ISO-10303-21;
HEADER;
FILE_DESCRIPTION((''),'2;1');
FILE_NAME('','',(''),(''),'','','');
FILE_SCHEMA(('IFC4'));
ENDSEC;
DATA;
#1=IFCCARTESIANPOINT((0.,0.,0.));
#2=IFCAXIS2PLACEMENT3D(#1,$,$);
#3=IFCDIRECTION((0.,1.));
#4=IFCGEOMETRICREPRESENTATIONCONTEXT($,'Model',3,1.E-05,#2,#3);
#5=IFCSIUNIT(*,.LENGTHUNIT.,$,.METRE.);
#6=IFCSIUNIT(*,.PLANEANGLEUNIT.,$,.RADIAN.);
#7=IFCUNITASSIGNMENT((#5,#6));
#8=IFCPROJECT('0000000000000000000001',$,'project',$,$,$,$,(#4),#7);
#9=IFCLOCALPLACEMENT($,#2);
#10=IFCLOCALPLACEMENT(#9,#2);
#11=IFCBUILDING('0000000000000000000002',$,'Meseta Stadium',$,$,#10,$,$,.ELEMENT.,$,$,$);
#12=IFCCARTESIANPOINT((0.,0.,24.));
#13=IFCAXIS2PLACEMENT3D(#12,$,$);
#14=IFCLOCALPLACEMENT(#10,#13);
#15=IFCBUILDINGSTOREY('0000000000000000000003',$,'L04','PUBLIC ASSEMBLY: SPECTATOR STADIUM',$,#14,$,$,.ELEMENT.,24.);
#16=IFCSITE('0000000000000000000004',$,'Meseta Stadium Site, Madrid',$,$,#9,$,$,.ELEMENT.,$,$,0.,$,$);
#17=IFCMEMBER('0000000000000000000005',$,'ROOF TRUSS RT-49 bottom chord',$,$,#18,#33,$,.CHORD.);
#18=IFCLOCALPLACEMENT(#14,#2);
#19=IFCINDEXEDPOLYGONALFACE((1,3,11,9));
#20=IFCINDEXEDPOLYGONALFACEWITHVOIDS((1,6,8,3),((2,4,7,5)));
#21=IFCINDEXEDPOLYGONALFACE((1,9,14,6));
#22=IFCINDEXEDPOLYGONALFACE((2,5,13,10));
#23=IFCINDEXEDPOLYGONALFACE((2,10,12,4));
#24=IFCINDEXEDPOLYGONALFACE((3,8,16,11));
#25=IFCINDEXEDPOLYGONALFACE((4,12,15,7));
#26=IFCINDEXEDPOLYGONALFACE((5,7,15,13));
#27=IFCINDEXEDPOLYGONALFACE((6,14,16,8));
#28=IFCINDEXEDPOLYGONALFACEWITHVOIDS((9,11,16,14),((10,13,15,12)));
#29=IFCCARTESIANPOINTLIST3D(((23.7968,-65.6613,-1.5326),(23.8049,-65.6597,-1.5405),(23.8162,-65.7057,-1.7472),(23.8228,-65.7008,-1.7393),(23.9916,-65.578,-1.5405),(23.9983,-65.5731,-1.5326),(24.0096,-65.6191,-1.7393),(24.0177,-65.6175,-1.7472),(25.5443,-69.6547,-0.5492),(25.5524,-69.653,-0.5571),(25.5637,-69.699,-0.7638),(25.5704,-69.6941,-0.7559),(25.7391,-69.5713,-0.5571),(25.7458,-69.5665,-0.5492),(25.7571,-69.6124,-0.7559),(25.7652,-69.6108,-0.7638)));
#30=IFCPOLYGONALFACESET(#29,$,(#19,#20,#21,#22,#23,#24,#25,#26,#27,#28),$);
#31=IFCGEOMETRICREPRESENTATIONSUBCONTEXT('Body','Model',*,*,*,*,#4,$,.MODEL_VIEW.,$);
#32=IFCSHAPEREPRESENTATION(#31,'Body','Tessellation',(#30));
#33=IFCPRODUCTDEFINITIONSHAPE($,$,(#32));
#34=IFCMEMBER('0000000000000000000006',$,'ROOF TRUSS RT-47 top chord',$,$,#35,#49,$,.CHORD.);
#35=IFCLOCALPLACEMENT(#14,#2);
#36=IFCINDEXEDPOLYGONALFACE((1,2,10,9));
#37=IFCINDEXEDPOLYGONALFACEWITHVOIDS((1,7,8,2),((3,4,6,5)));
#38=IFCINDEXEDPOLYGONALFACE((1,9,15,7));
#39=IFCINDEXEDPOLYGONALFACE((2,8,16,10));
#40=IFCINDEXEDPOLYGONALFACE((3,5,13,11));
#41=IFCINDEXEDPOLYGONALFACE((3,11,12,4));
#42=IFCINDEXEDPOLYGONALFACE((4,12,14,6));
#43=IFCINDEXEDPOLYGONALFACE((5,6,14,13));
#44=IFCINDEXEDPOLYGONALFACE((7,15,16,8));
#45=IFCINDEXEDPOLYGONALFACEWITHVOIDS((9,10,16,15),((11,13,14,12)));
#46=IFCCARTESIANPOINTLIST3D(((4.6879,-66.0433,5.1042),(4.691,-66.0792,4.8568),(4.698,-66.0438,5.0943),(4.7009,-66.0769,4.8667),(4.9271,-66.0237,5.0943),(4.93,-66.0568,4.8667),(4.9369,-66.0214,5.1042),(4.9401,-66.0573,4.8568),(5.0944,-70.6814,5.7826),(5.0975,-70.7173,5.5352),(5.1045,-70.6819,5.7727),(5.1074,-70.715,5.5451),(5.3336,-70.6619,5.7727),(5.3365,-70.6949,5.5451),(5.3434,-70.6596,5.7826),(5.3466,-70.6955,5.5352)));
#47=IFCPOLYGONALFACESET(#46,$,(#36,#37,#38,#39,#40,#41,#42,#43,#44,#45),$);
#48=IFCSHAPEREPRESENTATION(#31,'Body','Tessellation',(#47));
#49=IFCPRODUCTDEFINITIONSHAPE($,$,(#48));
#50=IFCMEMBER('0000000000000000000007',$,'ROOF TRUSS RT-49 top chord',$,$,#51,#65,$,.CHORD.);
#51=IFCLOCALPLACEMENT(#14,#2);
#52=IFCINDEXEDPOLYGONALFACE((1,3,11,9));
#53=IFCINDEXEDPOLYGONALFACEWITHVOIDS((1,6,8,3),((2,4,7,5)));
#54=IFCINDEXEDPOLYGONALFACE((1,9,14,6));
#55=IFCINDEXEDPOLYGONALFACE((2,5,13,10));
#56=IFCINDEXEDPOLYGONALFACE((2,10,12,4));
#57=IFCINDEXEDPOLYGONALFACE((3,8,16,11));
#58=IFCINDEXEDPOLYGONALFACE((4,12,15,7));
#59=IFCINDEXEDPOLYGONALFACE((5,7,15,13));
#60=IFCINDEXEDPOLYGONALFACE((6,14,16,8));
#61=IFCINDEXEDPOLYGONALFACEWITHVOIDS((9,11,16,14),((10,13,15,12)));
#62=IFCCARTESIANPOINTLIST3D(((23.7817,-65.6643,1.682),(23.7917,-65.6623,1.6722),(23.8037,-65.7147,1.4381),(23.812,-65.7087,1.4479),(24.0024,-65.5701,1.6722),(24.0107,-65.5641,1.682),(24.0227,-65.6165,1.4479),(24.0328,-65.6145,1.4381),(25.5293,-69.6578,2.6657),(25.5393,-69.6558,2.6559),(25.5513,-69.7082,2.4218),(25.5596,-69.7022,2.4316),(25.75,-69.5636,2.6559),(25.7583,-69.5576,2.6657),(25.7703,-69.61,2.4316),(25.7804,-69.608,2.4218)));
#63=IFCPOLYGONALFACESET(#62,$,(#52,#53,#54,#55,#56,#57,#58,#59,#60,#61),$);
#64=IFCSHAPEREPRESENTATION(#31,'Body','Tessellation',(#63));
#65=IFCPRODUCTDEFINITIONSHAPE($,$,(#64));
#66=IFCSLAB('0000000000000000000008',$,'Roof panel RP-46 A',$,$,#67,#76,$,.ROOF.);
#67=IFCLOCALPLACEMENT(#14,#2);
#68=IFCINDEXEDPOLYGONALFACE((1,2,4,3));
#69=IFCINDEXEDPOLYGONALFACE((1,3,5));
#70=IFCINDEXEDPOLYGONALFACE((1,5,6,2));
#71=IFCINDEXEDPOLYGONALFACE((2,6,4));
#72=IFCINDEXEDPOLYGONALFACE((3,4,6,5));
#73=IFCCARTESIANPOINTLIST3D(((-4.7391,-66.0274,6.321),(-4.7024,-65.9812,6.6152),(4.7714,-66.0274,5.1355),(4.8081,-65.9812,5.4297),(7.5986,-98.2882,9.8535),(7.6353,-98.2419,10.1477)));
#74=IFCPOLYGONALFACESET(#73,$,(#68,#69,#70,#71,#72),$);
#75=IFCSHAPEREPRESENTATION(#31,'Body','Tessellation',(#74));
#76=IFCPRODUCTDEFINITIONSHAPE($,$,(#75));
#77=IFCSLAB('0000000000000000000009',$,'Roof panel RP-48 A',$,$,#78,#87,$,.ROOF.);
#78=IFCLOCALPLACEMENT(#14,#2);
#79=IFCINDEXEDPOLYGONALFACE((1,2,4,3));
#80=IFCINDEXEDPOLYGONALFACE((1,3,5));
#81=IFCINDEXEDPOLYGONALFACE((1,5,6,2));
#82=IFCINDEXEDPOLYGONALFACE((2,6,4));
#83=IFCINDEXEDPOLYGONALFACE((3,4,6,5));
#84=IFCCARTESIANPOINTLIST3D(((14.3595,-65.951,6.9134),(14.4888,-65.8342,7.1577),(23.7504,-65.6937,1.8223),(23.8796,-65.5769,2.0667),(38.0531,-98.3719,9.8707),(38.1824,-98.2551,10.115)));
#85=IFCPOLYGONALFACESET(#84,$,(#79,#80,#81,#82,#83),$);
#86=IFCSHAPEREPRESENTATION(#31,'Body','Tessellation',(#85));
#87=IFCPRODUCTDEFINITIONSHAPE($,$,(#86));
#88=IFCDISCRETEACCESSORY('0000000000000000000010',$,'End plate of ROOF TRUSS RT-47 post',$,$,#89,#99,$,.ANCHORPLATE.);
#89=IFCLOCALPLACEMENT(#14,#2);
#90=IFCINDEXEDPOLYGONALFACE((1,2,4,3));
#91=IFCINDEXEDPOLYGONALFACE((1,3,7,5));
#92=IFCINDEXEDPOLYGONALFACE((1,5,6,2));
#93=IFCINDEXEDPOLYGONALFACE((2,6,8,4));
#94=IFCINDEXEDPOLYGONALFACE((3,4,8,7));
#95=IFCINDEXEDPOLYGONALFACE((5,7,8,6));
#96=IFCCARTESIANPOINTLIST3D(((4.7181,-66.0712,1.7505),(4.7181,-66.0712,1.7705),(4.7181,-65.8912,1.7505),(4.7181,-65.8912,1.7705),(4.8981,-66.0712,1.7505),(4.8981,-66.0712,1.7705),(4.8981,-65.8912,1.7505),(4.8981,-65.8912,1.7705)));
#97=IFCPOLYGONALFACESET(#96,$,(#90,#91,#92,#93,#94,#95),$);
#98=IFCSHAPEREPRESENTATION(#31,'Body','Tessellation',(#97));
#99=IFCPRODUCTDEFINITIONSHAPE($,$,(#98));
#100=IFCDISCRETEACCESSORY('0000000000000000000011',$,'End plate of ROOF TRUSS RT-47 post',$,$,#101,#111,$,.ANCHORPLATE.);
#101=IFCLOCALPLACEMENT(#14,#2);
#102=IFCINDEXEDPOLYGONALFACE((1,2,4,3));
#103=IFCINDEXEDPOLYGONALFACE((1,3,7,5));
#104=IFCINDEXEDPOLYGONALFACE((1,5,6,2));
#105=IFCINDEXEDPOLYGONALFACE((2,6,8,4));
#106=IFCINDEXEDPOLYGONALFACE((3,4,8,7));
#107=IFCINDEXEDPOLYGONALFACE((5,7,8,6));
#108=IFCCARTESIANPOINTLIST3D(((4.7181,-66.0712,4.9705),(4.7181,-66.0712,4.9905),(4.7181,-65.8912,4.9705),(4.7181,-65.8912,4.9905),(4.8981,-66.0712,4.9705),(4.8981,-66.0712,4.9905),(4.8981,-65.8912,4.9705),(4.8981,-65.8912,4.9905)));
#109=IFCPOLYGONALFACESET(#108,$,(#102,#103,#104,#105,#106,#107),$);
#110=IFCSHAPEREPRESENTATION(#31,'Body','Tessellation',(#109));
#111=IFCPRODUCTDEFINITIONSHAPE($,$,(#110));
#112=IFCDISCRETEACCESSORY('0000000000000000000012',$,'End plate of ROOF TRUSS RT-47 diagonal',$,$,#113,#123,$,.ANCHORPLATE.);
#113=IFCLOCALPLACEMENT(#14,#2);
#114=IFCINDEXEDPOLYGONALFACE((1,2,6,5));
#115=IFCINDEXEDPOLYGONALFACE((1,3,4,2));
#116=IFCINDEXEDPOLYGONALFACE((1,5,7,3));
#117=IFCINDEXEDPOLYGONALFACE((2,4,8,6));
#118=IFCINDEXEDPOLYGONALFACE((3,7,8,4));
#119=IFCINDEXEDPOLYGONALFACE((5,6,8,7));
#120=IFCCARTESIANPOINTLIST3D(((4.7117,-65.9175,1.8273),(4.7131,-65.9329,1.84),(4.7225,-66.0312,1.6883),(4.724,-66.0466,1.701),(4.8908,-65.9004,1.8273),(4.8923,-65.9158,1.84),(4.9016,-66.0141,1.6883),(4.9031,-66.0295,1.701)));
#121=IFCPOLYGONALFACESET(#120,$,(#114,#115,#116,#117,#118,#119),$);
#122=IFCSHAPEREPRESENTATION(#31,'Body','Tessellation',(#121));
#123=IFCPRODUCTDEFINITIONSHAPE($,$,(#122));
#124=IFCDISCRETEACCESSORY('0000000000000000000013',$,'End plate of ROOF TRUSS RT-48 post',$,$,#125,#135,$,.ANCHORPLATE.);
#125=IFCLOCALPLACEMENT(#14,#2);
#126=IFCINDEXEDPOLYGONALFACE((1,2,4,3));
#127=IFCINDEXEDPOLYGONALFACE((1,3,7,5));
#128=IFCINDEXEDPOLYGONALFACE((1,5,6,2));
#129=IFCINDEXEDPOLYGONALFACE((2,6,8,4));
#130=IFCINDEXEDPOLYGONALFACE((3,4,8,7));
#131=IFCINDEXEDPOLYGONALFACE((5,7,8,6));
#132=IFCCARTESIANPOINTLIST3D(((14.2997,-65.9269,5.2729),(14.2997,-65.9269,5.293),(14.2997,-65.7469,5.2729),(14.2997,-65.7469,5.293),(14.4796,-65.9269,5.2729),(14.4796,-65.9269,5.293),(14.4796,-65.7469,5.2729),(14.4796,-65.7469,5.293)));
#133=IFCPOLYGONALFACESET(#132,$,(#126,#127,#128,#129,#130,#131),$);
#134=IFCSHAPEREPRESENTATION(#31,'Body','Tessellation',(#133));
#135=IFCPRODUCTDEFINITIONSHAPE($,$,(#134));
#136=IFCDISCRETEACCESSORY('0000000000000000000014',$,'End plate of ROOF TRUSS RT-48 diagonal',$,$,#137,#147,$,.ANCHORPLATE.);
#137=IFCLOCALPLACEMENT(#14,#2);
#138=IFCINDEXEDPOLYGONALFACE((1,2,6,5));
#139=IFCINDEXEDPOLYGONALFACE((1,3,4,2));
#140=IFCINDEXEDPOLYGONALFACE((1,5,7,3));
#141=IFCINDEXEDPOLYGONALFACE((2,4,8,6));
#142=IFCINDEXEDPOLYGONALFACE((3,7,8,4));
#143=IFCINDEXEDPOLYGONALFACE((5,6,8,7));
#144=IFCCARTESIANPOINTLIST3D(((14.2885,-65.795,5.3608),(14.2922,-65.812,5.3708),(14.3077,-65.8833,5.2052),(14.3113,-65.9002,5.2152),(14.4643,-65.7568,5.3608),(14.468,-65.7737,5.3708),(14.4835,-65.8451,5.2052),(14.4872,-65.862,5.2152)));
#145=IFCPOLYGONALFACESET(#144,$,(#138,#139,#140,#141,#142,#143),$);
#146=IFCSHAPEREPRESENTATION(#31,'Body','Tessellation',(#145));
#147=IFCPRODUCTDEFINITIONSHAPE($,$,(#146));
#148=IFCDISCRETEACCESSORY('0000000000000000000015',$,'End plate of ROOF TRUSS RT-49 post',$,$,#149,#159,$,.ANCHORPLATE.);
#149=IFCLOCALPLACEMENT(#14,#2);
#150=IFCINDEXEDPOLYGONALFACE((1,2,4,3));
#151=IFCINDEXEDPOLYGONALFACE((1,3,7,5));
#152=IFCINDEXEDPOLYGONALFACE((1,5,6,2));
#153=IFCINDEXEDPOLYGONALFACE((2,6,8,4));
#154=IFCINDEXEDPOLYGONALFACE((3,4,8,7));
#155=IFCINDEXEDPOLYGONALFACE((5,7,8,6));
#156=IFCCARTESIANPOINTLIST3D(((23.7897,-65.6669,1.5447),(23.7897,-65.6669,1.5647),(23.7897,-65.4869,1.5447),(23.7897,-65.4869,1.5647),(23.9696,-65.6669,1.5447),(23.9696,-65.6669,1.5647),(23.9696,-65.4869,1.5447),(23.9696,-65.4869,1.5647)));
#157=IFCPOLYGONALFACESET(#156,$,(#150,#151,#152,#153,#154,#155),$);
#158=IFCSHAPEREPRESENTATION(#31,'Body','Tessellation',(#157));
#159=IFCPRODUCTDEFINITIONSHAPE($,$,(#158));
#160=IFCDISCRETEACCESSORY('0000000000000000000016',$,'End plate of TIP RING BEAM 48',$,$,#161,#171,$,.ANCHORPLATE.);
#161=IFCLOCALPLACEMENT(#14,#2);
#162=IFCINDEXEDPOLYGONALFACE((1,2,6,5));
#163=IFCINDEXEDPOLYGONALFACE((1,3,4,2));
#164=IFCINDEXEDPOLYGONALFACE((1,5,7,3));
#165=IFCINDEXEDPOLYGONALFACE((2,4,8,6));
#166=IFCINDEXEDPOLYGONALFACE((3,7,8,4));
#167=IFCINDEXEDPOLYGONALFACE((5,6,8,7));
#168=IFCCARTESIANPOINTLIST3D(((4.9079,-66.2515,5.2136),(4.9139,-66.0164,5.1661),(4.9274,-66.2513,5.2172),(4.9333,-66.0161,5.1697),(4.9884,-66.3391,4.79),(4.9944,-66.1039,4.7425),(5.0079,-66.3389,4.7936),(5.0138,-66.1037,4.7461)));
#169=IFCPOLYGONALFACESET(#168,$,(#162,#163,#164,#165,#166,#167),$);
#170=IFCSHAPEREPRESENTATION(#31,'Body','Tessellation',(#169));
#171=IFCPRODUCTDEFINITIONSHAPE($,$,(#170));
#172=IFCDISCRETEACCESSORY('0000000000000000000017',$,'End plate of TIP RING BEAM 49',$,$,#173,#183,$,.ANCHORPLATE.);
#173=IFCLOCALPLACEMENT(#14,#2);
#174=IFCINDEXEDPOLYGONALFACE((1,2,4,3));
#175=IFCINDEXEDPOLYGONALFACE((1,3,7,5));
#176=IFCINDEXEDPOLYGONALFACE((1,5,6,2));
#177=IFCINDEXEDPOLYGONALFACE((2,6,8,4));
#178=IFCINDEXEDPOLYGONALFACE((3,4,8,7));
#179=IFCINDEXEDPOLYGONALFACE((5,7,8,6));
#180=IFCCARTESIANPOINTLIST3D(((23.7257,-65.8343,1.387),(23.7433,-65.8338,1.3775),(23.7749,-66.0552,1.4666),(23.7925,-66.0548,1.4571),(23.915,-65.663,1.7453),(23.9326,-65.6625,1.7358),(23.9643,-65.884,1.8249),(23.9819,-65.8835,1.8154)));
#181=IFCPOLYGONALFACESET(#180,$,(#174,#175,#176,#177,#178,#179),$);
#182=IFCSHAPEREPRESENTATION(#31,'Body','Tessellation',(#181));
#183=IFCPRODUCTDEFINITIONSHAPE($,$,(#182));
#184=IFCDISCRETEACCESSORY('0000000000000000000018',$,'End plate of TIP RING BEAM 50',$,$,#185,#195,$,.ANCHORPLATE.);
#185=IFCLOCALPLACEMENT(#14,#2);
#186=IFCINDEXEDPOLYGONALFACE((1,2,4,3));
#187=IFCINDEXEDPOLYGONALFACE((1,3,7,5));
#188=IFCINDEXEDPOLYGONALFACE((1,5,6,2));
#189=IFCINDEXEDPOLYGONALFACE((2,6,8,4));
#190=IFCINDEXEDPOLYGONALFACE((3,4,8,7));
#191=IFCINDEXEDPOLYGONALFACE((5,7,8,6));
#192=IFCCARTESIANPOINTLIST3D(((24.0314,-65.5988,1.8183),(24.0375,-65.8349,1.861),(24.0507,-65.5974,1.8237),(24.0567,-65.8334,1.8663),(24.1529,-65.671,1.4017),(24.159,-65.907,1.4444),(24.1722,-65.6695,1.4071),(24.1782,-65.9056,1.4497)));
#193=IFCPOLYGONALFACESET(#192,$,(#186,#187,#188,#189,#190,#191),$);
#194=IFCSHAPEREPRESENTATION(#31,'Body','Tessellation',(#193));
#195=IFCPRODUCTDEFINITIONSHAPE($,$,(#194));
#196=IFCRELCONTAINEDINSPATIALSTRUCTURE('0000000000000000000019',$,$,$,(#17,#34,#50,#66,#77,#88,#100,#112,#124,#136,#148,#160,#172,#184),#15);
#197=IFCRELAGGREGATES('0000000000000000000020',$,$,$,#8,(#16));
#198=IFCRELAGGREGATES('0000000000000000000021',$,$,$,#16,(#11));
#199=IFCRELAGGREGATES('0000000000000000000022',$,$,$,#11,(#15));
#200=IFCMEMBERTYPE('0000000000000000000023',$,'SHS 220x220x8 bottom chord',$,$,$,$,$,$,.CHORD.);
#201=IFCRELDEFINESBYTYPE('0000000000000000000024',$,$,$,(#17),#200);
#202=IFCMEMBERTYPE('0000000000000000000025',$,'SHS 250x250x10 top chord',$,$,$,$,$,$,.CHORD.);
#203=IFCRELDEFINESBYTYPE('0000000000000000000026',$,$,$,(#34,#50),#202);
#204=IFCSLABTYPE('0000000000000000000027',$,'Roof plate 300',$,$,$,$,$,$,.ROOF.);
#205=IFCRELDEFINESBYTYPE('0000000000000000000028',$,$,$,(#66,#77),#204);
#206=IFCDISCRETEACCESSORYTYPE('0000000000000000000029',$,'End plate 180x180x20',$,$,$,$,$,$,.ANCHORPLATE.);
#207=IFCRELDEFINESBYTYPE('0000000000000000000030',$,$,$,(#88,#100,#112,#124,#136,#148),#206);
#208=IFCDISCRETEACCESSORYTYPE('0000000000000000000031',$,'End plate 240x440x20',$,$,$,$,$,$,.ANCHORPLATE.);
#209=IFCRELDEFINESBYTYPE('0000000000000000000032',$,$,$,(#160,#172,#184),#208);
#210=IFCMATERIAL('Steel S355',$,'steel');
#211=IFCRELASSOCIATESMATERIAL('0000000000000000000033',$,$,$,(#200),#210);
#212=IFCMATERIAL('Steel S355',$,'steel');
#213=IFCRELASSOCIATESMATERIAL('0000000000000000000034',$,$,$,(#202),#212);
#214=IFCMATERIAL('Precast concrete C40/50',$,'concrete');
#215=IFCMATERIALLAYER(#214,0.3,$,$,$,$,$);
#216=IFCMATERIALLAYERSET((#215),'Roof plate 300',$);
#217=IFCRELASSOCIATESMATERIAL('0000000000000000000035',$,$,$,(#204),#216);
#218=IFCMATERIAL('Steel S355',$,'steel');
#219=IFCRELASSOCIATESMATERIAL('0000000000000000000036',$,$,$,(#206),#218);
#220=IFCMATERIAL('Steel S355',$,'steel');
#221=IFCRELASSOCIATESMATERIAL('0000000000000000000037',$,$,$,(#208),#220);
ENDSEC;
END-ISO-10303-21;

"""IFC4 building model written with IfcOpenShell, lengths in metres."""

from ifc_helpers import new_model, si_unit, direction, frame, origin, origin_2d, place, context, subcontext, project, spatial, polyline, rectangle, hollow_rectangle, outline, extrude, material, layer, layer_set, material_profile, profile_set, type_object, element, save


model = new_model("IFC4")

# Units and contexts
model_context = context("Model", 3, precision=1e-05, world=origin(), true_north=direction((0.0, 1.0)))
body_context = subcontext(model_context, "Body", "Model", "MODEL_VIEW")
ifc_project = project(units=[si_unit("LENGTHUNIT", "METRE"), si_unit("PLANEANGLEUNIT", "RADIAN")], contexts=[model_context])

# Site, building, storey
site_placement = place(None, origin())
site = spatial("IfcSite", under=ifc_project, at=site_placement, Name="Meseta Stadium Site, Madrid", CompositionType="ELEMENT", RefElevation=0.0)
building_placement = place(site_placement, origin())
building = spatial("IfcBuilding", under=site, at=building_placement, Name="Meseta Stadium", CompositionType="ELEMENT")
storey_placement = place(building_placement, frame((0.0, 0.0, 24.0)))
storey = spatial("IfcBuildingStorey", under=building, at=storey_placement, Name="L04", Description="PUBLIC ASSEMBLY: SPECTATOR STADIUM", CompositionType="ELEMENT", Elevation=24.0)

# Members
ifc_material_1 = material(Name="Steel S355", Category="steel")
ifc_material_profile_1 = material_profile(ifc_material_1, hollow_rectangle(XDim=0.22, YDim=0.22, WallThickness=0.0081, at=origin_2d()), Name="SHS 220x220x8")
ifc_profile_set_1 = profile_set([ifc_material_profile_1], Name="Steel S355")
member_type_1 = type_object("IfcMemberType", Name="SHS 220x220x8 bottom chord", PredefinedType="CHORD", material=ifc_profile_set_1)
member_1_placement = place(storey_placement, frame((23.9072, -65.6394, -1.6399), z_axis=(0.391076, -0.893661, 0.220069), x_axis=(0.91612, 0.400904, 0.0)))
element("IfcMember", 1, at=member_1_placement, inside=storey, type_object=member_type_1, Name="ROOF TRUSS RT-49 bottom chord", PredefinedType="CHORD", context=body_context, shape_type="SweptSolid", body=[
    extrude(hollow_rectangle(XDim=0.22, YDim=0.22, WallThickness=0.0081, at=origin_2d()), origin(), (0.0, 0.0, 1.0), 4.4685),
])
ifc_material_2 = material(Name="Steel S355", Category="steel")
ifc_material_profile_2 = material_profile(ifc_material_2, hollow_rectangle(XDim=0.25, YDim=0.25, WallThickness=0.01, at=origin_2d()), Name="SHS 250x250x10")
ifc_profile_set_2 = profile_set([ifc_material_profile_2], Name="Steel S355")
member_type_2 = type_object("IfcMemberType", Name="SHS 250x250x10 top chord", PredefinedType="CHORD", material=ifc_profile_set_2)
member_2_placement = place(storey_placement, frame((4.814, -66.0503, 4.9805), z_axis=(0.086394, -0.98577, 0.144197), x_axis=(0.996182, 0.087306, 0.0)))
element("IfcMember", 2, at=member_2_placement, inside=storey, type_object=member_type_2, Name="ROOF TRUSS RT-47 top chord", PredefinedType="CHORD", context=body_context, shape_type="SweptSolid", body=[
    extrude(hollow_rectangle(XDim=0.25, YDim=0.25, WallThickness=0.01, at=origin_2d()), origin(), (0.0, 0.0, 1.0), 4.7051),
])
member_3_placement = place(storey_placement, frame((23.9072, -65.6394, 1.5601), z_axis=(0.391071, -0.89365, 0.220121), x_axis=(0.91612, 0.400904, 0.0)))
element("IfcMember", 3, at=member_3_placement, inside=storey, type_object=member_type_2, Name="ROOF TRUSS RT-49 top chord", PredefinedType="CHORD", context=body_context, shape_type="SweptSolid", body=[
    extrude(hollow_rectangle(XDim=0.25, YDim=0.25, WallThickness=0.01, at=origin_2d()), origin(), (0.0, 0.0, 1.0), 4.4688),
])

# Slabs
ifc_material_3 = material(Name="Precast concrete C40/50", Category="concrete")
ifc_layer = layer(ifc_material_3, 0.3)
ifc_layer_set = layer_set([ifc_layer], Name="Roof plate 300")
slab_type = type_object("IfcSlabType", Name="Roof plate 300", PredefinedType="ROOF", material=ifc_layer_set)
slab_1_placement = place(storey_placement, frame((4.8081, -65.9812, 5.4297), z_axis=(0.122222, 0.154101, 0.980467), x_axis=(0.086388, -0.985775, 0.144166)))
element("IfcSlab", 4, at=slab_1_placement, inside=storey, type_object=slab_type, Name="Roof panel RP-46 A", PredefinedType="ROOF", context=body_context, shape_type="SweptSolid", body=[
    extrude(outline(polyline([(0.0, 0.0), (32.7263, 0.0), (-0.6507, -9.562), (0.0, 0.0)])), origin(), (0.0, 0.0, -1.0), 0.3),
])
slab_2_placement = place(storey_placement, frame((23.8796, -65.5769, 2.0667), z_axis=(0.430778, 0.389092, 0.814271), x_axis=(0.391128, -0.893632, 0.220093)))
element("IfcSlab", 5, at=slab_2_placement, inside=storey, type_object=slab_type, Name="Roof panel RP-48 A", PredefinedType="ROOF", context=body_context, shape_type="SweptSolid", body=[
    extrude(outline(polyline([(0.0, 0.0), (36.5679, 0.0), (-2.3226, -10.4297), (0.0, 0.0)])), origin(), (0.0, 0.0, -1.0), 0.3),
])

# Discrete accessories
ifc_material_4 = material(Name="Steel S355", Category="steel")
ifc_material_profile_3 = material_profile(ifc_material_4, rectangle(XDim=0.1799, YDim=0.1799, at=origin_2d()), Name="PL 180x180")
ifc_profile_set_3 = profile_set([ifc_material_profile_3], Name="Steel S355")
discrete_accessory_type_1 = type_object("IfcDiscreteAccessoryType", Name="End plate 180x180x20", PredefinedType="ANCHORPLATE", material=ifc_profile_set_3)
for number, where, z_axis, x_axis, name in (
    (6, (4.8081, -65.9812, 1.7505), (0.0, 0.0, 1.0), (1.0, 0.0, 0.0), "End plate of ROOF TRUSS RT-47 post"),
    (7, (4.8081, -65.9812, 4.9705), (0.0, 0.0, 1.0), (1.0, 0.0, 0.0), "End plate of ROOF TRUSS RT-47 post"),
    (8, (4.8066, -65.9658, 1.7578), (0.073252, -0.769151, 0.634855), (0.995495, 0.094809, 0.0), "End plate of ROOF TRUSS RT-47 diagonal"),
    (9, (14.3896, -65.8369, 5.2729), (0.0, 0.0, 1.0), (1.0, 0.0, 0.0), "End plate of ROOF TRUSS RT-48 post"),
    (10, (14.386, -65.8201, 5.283), (0.183707, -0.845053, 0.502133), (0.977176, 0.21243, 0.0), "End plate of ROOF TRUSS RT-48 diagonal"),
    (11, (23.8796, -65.5769, 1.5447), (0.0, 0.0, 1.0), (1.0, 0.0, 0.0), "End plate of ROOF TRUSS RT-49 post"),
):
    element("IfcDiscreteAccessory", number, at=place(storey_placement, frame(where, z_axis=z_axis, x_axis=x_axis)), inside=storey, type_object=discrete_accessory_type_1, Name=name, PredefinedType="ANCHORPLATE", context=body_context, shape_type="SweptSolid", body=[
        extrude(rectangle(XDim=0.1799, YDim=0.1799, at=origin_2d()), origin(), (0.0, 0.0, 1.0), 0.02),
    ])
ifc_material_5 = material(Name="Steel S355", Category="steel")
ifc_material_profile_4 = material_profile(ifc_material_5, rectangle(XDim=0.24, YDim=0.4399, at=origin_2d()), Name="PL 240x440")
ifc_profile_set_4 = profile_set([ifc_material_profile_4], Name="Steel S355")
discrete_accessory_type_2 = type_object("IfcDiscreteAccessoryType", Name="End plate 240x440x20", PredefinedType="ANCHORPLATE", material=ifc_profile_set_4)
discrete_accessory_placement = place(storey_placement, frame((4.9512, -66.1777, 4.978), z_axis=(0.982798, 0.012285, 0.184275), x_axis=(0.02486, 0.979904, -0.197912)))
element("IfcDiscreteAccessory", 12, at=discrete_accessory_placement, inside=storey, type_object=discrete_accessory_type_2, Name="End plate of TIP RING BEAM 48", PredefinedType="ANCHORPLATE", context=body_context, shape_type="SweptSolid", body=[
    extrude(rectangle(XDim=0.24, YDim=0.4399, at=origin_2d()), origin(), (0.0, 0.0, 1.0), 0.0198),
])
for number, where, z_axis, x_axis, name in (
    (13, (23.845, -65.8591, 1.606), (0.87903, 0.024417, -0.476141), (-0.205226, 0.920807, -0.331658), "End plate of TIP RING BEAM 49"),
    (14, (24.0952, -65.7529, 1.6313), (0.960775, 0.07297, 0.267558), (-0.025232, 0.983762, -0.177693), "End plate of TIP RING BEAM 50"),
):
    element("IfcDiscreteAccessory", number, at=place(storey_placement, frame(where, z_axis=z_axis, x_axis=x_axis)), inside=storey, type_object=discrete_accessory_type_2, Name=name, PredefinedType="ANCHORPLATE", context=body_context, shape_type="SweptSolid", body=[
        extrude(rectangle(XDim=0.24, YDim=0.4399, at=origin_2d()), origin(), (0.0, 0.0, 1.0), 0.02),
    ])

save(model, "model.ifc")
